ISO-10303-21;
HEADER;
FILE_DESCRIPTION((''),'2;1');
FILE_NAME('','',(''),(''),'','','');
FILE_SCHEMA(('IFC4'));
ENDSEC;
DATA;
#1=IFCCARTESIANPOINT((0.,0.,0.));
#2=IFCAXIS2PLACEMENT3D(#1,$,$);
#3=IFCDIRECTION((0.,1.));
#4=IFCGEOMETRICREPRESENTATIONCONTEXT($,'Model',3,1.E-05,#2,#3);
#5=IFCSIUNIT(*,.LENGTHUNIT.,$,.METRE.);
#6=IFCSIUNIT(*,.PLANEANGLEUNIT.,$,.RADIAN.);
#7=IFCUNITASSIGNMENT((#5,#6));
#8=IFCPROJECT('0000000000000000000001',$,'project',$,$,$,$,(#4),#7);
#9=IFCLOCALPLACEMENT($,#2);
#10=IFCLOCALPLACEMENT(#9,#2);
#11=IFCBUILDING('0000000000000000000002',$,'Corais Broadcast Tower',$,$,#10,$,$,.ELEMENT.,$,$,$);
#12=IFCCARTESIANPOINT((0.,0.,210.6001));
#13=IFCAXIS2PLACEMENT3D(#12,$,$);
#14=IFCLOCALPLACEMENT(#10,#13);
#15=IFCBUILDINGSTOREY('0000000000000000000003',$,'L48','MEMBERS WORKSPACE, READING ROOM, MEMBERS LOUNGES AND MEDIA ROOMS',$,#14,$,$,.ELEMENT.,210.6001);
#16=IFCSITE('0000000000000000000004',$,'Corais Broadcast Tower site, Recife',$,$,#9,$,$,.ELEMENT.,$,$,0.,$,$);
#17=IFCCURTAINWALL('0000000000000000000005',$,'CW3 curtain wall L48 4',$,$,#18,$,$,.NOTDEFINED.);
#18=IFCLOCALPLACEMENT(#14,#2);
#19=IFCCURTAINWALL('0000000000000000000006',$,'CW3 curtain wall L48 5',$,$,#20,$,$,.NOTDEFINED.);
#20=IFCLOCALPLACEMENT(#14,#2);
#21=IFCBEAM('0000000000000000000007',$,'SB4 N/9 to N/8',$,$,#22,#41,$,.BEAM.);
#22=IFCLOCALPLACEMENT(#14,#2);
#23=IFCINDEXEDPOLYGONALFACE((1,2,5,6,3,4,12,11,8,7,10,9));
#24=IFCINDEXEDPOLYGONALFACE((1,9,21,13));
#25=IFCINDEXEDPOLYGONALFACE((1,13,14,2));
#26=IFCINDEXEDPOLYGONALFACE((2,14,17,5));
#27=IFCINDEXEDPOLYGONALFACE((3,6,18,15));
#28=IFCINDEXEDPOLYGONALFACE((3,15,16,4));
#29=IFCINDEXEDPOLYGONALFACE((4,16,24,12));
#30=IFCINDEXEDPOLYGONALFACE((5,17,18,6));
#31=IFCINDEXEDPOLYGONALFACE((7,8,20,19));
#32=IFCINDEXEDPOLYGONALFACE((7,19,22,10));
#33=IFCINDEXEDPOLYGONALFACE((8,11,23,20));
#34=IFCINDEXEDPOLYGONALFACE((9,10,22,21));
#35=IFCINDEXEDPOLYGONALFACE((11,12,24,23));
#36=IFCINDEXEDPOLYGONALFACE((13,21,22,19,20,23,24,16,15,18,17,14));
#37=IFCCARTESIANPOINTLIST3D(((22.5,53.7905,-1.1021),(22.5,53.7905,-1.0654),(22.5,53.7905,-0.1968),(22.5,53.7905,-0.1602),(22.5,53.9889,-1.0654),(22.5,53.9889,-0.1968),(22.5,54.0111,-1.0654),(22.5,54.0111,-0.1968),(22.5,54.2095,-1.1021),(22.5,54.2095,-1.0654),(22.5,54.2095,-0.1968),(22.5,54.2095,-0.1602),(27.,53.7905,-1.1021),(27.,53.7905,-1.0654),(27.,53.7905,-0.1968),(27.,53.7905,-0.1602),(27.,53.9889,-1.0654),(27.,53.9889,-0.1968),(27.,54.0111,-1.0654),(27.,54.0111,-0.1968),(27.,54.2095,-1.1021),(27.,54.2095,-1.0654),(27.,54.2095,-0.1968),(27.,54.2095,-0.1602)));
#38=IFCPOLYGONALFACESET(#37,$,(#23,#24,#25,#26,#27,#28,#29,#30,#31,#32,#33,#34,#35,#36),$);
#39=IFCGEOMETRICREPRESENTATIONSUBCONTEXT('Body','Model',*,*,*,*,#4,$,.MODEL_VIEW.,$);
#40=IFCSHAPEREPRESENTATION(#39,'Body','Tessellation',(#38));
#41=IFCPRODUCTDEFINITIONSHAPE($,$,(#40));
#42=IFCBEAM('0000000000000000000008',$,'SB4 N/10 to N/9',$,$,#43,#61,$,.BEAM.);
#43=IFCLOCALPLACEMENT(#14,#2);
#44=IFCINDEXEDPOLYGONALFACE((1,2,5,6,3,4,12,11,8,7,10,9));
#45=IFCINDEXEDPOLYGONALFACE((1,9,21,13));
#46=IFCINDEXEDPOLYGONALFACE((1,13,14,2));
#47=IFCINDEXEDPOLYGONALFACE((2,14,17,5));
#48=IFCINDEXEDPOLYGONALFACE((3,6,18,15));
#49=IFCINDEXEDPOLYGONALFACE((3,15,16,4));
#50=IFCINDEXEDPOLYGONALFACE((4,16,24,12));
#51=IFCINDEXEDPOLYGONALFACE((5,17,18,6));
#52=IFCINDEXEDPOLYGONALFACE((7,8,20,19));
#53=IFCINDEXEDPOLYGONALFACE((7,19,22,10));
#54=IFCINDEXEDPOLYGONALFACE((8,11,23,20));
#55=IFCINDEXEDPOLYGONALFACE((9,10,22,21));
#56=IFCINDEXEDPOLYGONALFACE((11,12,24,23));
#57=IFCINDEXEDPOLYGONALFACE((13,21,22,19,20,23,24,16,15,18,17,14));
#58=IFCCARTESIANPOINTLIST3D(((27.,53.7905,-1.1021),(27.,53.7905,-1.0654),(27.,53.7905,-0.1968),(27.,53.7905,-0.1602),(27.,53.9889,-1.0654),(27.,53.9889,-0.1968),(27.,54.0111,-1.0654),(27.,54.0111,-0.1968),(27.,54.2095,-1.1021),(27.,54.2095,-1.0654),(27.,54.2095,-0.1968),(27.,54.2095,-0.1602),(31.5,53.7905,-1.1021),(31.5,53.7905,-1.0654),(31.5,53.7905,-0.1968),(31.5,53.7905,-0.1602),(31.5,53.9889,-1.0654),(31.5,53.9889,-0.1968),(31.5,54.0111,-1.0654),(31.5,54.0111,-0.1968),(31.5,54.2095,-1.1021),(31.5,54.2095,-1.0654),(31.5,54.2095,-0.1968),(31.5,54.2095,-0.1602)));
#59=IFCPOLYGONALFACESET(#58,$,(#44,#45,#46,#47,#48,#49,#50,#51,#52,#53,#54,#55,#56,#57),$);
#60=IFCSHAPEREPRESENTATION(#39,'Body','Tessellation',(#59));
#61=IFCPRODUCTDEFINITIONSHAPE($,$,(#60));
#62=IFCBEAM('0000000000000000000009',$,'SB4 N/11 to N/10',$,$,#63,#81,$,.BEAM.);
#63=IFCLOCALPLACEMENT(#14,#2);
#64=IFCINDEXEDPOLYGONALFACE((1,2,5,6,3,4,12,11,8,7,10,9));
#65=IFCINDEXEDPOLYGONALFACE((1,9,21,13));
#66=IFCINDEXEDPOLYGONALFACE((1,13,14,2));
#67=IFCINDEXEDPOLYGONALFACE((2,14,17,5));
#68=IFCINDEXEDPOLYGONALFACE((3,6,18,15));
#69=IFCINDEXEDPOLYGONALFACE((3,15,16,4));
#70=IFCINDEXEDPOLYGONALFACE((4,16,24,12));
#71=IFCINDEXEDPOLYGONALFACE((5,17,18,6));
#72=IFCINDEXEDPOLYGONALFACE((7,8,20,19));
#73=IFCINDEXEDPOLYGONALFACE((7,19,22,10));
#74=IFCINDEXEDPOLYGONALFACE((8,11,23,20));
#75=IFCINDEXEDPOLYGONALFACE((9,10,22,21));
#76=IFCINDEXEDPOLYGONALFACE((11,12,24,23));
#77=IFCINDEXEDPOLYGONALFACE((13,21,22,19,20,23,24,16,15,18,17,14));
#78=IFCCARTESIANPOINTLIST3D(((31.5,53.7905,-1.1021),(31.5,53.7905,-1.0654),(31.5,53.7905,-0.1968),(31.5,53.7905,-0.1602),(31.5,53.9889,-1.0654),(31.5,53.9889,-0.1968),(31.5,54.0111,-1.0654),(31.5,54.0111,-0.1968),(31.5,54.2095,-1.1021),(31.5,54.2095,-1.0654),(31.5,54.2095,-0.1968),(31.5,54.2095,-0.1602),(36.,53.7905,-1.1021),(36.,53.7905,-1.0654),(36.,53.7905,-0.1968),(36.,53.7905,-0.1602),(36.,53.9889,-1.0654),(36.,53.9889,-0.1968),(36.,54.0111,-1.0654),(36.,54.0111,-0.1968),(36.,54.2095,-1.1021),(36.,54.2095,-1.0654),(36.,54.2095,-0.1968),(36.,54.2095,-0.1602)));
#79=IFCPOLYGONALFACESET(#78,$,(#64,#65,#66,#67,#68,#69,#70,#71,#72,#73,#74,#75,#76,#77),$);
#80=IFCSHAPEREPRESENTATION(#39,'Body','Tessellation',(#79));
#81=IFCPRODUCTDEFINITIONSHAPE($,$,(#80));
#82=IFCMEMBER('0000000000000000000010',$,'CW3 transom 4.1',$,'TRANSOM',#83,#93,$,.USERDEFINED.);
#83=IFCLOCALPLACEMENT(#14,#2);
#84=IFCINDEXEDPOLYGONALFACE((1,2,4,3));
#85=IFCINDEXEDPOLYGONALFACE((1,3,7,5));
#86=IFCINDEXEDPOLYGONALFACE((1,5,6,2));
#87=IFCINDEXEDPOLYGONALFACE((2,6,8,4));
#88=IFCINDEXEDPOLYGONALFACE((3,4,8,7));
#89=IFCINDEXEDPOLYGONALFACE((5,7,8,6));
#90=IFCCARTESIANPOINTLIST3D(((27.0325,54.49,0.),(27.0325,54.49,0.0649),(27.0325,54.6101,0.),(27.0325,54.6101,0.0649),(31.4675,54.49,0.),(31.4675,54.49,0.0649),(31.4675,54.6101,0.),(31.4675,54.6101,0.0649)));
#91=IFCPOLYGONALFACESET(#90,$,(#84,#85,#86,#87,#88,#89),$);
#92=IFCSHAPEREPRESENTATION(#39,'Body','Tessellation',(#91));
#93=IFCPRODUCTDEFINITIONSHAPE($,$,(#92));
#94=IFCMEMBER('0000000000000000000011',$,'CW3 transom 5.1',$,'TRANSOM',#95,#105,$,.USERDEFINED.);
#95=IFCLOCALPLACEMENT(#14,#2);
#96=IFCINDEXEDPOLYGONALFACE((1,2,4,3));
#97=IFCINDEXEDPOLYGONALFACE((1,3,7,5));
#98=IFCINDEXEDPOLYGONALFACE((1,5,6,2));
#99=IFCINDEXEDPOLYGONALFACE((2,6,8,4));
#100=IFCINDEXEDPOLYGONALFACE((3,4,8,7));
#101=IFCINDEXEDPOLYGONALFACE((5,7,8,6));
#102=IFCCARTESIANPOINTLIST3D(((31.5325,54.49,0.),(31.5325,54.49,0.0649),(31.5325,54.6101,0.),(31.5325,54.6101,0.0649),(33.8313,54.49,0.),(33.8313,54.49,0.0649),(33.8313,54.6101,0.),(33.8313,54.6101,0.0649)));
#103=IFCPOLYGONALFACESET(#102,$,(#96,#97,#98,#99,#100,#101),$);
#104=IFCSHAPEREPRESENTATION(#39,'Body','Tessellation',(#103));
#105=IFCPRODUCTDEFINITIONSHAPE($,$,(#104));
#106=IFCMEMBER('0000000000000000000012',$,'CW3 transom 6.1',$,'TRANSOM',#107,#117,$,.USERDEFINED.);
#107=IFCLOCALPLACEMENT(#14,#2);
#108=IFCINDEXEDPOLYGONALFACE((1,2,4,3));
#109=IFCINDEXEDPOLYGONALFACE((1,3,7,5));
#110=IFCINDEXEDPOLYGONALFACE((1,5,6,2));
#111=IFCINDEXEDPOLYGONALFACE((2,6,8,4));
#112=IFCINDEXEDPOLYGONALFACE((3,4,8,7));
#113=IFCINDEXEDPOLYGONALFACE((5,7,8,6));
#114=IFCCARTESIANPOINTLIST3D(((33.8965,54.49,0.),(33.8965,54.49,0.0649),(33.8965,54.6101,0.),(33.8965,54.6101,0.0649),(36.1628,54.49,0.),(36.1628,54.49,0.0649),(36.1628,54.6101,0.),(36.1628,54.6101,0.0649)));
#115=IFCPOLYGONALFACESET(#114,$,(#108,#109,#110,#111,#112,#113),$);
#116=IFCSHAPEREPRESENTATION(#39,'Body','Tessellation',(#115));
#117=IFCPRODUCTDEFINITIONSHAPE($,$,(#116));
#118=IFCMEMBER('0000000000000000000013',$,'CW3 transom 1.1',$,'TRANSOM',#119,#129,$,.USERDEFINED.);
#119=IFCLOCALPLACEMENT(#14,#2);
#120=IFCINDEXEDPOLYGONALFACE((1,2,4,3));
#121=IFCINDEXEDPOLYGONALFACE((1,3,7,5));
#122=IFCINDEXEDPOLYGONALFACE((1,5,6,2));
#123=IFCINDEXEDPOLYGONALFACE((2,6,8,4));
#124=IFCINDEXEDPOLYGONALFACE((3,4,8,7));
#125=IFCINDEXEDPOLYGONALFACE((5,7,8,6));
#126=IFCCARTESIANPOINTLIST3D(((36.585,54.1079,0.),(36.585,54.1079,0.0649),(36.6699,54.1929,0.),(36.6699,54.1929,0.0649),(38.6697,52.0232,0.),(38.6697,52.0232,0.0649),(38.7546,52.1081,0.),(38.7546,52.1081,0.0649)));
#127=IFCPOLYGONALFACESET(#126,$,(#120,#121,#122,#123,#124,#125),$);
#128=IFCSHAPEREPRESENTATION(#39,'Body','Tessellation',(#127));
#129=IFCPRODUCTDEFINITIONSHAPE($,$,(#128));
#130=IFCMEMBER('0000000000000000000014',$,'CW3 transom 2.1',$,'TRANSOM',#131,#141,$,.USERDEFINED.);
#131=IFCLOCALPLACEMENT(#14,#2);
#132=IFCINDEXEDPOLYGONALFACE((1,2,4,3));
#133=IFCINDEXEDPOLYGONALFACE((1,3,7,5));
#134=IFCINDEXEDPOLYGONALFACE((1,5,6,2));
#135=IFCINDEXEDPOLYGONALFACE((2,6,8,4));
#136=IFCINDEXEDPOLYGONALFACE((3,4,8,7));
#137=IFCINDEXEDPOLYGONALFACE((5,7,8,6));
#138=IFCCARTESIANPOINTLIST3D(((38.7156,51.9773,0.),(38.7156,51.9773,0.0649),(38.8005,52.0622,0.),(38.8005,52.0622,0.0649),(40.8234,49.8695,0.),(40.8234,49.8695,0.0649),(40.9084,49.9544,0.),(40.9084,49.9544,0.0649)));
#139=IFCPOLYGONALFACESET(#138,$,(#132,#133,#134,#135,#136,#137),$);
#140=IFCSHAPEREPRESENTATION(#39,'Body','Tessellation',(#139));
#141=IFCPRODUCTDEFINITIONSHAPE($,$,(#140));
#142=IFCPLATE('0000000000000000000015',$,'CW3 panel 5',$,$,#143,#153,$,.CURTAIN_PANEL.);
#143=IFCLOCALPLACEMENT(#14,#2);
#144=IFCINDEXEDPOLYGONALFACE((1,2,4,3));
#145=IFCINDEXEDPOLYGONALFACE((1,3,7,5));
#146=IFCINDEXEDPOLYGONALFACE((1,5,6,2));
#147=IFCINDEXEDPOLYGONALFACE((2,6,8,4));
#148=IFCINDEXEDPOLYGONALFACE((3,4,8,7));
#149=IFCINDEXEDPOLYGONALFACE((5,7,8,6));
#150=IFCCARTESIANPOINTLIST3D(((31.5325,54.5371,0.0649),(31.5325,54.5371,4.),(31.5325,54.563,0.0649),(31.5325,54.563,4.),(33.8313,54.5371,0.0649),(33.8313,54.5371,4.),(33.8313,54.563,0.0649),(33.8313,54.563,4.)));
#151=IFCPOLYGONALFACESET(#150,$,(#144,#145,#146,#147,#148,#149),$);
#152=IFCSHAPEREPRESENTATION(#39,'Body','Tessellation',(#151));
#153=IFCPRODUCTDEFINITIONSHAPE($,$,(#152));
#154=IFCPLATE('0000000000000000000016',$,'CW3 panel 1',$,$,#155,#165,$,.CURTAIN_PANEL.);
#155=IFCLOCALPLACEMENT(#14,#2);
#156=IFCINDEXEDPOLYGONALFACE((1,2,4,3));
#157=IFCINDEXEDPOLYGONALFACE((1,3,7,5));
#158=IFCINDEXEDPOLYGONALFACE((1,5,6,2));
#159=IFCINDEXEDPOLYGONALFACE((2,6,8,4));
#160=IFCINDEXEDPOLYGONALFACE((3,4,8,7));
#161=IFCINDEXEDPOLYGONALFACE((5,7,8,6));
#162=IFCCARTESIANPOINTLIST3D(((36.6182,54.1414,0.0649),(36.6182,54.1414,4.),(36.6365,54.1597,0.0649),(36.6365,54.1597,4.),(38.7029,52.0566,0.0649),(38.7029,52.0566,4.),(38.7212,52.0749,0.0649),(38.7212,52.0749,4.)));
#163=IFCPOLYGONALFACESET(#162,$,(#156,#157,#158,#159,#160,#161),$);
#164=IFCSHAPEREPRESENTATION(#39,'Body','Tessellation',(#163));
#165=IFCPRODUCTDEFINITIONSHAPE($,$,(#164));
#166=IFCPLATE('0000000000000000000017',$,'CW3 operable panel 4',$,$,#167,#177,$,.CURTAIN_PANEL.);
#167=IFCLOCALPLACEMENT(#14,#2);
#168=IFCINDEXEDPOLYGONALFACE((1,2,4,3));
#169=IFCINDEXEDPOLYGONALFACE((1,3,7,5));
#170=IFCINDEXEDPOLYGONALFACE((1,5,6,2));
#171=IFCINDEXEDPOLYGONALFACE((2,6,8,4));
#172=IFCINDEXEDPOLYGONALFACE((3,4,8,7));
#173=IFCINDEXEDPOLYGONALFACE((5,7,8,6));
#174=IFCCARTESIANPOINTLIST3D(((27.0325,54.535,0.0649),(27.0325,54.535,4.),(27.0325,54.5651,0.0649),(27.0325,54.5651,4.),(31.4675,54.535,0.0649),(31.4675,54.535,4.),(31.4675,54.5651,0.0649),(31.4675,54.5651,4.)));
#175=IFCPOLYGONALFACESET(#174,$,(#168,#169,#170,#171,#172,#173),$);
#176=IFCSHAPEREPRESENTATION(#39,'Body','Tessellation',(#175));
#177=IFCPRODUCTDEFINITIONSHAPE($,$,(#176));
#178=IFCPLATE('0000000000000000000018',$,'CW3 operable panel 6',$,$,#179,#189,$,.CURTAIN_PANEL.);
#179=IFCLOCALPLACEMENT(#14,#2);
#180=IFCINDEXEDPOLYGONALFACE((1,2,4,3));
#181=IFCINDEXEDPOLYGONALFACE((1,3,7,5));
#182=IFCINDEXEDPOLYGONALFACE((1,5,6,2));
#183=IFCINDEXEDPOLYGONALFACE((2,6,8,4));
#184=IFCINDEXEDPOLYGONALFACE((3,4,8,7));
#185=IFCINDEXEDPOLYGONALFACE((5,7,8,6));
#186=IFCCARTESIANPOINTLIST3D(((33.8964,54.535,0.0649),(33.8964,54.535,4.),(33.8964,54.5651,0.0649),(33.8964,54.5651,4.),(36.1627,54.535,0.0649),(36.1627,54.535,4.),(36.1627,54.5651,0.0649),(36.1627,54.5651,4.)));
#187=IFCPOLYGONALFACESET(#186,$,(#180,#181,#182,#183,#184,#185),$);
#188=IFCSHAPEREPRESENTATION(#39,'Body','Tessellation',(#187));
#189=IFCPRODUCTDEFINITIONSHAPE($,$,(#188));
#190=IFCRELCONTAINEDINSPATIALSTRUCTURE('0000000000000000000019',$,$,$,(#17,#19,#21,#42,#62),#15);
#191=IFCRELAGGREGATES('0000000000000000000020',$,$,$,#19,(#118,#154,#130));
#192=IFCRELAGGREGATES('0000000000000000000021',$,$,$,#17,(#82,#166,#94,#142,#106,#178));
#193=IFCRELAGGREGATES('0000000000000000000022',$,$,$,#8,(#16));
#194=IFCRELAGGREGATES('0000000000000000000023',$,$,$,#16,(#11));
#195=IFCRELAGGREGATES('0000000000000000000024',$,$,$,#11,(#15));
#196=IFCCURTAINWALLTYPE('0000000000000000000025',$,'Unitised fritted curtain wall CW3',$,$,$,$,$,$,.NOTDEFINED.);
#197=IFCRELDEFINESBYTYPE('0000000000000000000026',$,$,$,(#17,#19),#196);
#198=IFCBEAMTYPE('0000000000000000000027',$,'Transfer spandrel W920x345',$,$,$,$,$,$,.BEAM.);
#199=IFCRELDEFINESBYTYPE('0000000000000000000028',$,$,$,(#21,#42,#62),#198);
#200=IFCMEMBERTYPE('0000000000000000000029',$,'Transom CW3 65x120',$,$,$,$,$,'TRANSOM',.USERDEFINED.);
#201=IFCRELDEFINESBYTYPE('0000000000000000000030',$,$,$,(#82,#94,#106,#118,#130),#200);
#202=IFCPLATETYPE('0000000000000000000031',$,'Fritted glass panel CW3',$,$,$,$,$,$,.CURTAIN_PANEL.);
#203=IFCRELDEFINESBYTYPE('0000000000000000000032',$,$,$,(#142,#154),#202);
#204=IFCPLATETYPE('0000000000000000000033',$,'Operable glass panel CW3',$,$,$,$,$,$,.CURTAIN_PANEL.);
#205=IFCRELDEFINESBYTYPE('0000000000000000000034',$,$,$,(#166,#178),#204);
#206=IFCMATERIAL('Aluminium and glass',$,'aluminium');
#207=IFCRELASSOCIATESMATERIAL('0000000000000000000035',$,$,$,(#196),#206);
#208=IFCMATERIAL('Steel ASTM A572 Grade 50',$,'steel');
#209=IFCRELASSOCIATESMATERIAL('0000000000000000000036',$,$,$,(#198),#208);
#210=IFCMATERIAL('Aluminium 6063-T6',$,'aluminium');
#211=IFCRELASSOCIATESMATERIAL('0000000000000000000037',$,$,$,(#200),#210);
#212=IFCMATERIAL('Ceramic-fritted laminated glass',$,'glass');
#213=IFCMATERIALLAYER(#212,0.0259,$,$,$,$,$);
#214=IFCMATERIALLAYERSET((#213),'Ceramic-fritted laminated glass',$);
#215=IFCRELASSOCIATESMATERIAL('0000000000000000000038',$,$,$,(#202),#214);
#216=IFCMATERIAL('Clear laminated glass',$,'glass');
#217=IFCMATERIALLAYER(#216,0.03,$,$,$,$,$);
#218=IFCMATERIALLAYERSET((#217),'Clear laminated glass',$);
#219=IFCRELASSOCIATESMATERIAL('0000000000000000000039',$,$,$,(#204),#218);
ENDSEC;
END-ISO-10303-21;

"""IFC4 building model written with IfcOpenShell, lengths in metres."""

from ifc_helpers import new_model, si_unit, direction, frame, origin, origin_2d, place, context, subcontext, project, spatial, rectangle, i_section, extrude, material, layer, layer_set, material_profile, profile_set, type_object, element, aggregate, save


model = new_model("IFC4")

# Units and contexts
model_context = context("Model", 3, precision=1e-05, world=origin(), true_north=direction((0.0, 1.0)))
body_context = subcontext(model_context, "Body", "Model", "MODEL_VIEW")
ifc_project = project(units=[si_unit("LENGTHUNIT", "METRE"), si_unit("PLANEANGLEUNIT", "RADIAN")], contexts=[model_context])

# Site, building, storey
site_placement = place(None, origin())
site = spatial("IfcSite", under=ifc_project, at=site_placement, Name="Corais Broadcast Tower site, Recife", CompositionType="ELEMENT", RefElevation=0.0)
building_placement = place(site_placement, origin())
building = spatial("IfcBuilding", under=site, at=building_placement, Name="Corais Broadcast Tower", CompositionType="ELEMENT")
storey_placement = place(building_placement, frame((0.0, 0.0, 210.6001)))
storey = spatial("IfcBuildingStorey", under=building, at=storey_placement, Name="L48", Description="MEMBERS WORKSPACE, READING ROOM, MEMBERS LOUNGES AND MEDIA ROOMS", CompositionType="ELEMENT", Elevation=210.6001)

# Curtain walls
ifc_material_1 = material(Name="Aluminium and glass", Category="aluminium")
curtain_wall_type = type_object("IfcCurtainWallType", Name="Unitised fritted curtain wall CW3", PredefinedType="NOTDEFINED", material=ifc_material_1)
curtain_wall_1_placement = place(storey_placement, origin())
curtain_wall_1 = element("IfcCurtainWall", 1, at=curtain_wall_1_placement, inside=storey, type_object=curtain_wall_type, Name="CW3 curtain wall L48 4", PredefinedType="NOTDEFINED")
curtain_wall_2_placement = place(storey_placement, origin())
curtain_wall_2 = element("IfcCurtainWall", 2, at=curtain_wall_2_placement, inside=storey, type_object=curtain_wall_type, Name="CW3 curtain wall L48 5", PredefinedType="NOTDEFINED")

# Beams
ifc_material_2 = material(Name="Steel ASTM A572 Grade 50", Category="steel")
ifc_material_profile_1 = material_profile(ifc_material_2, i_section(OverallWidth=0.4189, OverallDepth=0.9419, WebThickness=0.0222, FlangeThickness=0.0366, at=origin_2d()), Name="W920x345")
ifc_profile_set_1 = profile_set([ifc_material_profile_1], Name="Steel ASTM A572 Grade 50")
beam_type_1 = type_object("IfcBeamType", Name="Transfer spandrel W920x345", PredefinedType="BEAM", material=ifc_profile_set_1)
for number, where, z_axis, x_axis, name in (
    (3, (27.0, 54.0, -0.6311), (-1.0, 0.0, 0.0), (0.0, -1.0, 0.0), "SB4 N/9 to N/8"),
    (4, (31.5, 54.0, -0.6311), (-1.0, 0.0, 0.0), (0.0, -1.0, 0.0), "SB4 N/10 to N/9"),
    (5, (36.0, 54.0, -0.6311), (-1.0, 0.0, 0.0), (0.0, -1.0, 0.0), "SB4 N/11 to N/10"),
):
    element("IfcBeam", number, at=place(storey_placement, frame(where, z_axis=z_axis, x_axis=x_axis)), inside=storey, type_object=beam_type_1, Name=name, PredefinedType="BEAM", context=body_context, shape_type="SweptSolid", body=[
        extrude(i_section(OverallWidth=0.4189, OverallDepth=0.9419, WebThickness=0.0222, FlangeThickness=0.0366, at=origin_2d()), origin(), (0.0, 0.0, 1.0), 4.5),
    ])

# Members
ifc_material_3 = material(Name="Aluminium 6063-T6", Category="aluminium")
ifc_material_profile_2 = material_profile(ifc_material_3, rectangle(XDim=0.1201, YDim=0.0649, at=origin_2d()), Name="Transom CW3 65x120")
ifc_profile_set_2 = profile_set([ifc_material_profile_2], Name="Aluminium 6063-T6")
member_type_1 = type_object("IfcMemberType", Name="Transom CW3 65x120", ElementType="TRANSOM", PredefinedType="USERDEFINED", material=ifc_profile_set_2)
member_1_placement = place(storey_placement, frame((27.0325, 54.55, 0.0325), z_axis=(1.0, 0.0, 0.0), x_axis=(0.0, 1.0, 0.0)))
member_1 = element("IfcMember", 6, at=member_1_placement, type_object=member_type_1, Name="CW3 transom 4.1", ObjectType="TRANSOM", PredefinedType="USERDEFINED", context=body_context, shape_type="SweptSolid", body=[
    extrude(rectangle(XDim=0.1201, YDim=0.0649, at=origin_2d()), origin(), (0.0, 0.0, 1.0), 4.4351),
])
member_2_placement = place(storey_placement, frame((31.5325, 54.55, 0.0325), z_axis=(1.0, 0.0, 0.0), x_axis=(0.0, 1.0, 0.0)))
member_2 = element("IfcMember", 7, at=member_2_placement, type_object=member_type_1, Name="CW3 transom 5.1", ObjectType="TRANSOM", PredefinedType="USERDEFINED", context=body_context, shape_type="SweptSolid", body=[
    extrude(rectangle(XDim=0.1201, YDim=0.0649, at=origin_2d()), origin(), (0.0, 0.0, 1.0), 2.2988),
])
member_3_placement = place(storey_placement, frame((33.8965, 54.55, 0.0325), z_axis=(1.0, 0.0, 0.0), x_axis=(0.0, 1.0, 0.0)))
member_3 = element("IfcMember", 8, at=member_3_placement, type_object=member_type_1, Name="CW3 transom 6.1", ObjectType="TRANSOM", PredefinedType="USERDEFINED", context=body_context, shape_type="SweptSolid", body=[
    extrude(rectangle(XDim=0.1201, YDim=0.0649, at=origin_2d()), origin(), (0.0, 0.0, 1.0), 2.2664),
])
member_4_placement = place(storey_placement, frame((36.6274, 54.1504, 0.0325), z_axis=(0.707107, -0.707107, 0.0), x_axis=(0.707107, 0.707107, 0.0)))
member_4 = element("IfcMember", 9, at=member_4_placement, type_object=member_type_1, Name="CW3 transom 1.1", ObjectType="TRANSOM", PredefinedType="USERDEFINED", context=body_context, shape_type="SweptSolid", body=[
    extrude(rectangle(XDim=0.1201, YDim=0.0649, at=origin_2d()), origin(), (0.0, 0.0, 1.0), 2.9482),
])
member_5_placement = place(storey_placement, frame((38.7581, 52.0198, 0.0325), z_axis=(0.707107, -0.707107, 0.0), x_axis=(0.707107, 0.707107, 0.0)))
member_5 = element("IfcMember", 10, at=member_5_placement, type_object=member_type_1, Name="CW3 transom 2.1", ObjectType="TRANSOM", PredefinedType="USERDEFINED", context=body_context, shape_type="SweptSolid", body=[
    extrude(rectangle(XDim=0.1201, YDim=0.0649, at=origin_2d()), origin(), (0.0, 0.0, 1.0), 2.981),
])

# Plates
ifc_material_4 = material(Name="Ceramic-fritted laminated glass", Category="glass")
ifc_layer_1 = layer(ifc_material_4, 0.0259)
ifc_layer_set_1 = layer_set([ifc_layer_1], Name="Ceramic-fritted laminated glass")
plate_type_1 = type_object("IfcPlateType", Name="Fritted glass panel CW3", PredefinedType="CURTAIN_PANEL", material=ifc_layer_set_1)
plate_1_placement = place(storey_placement, frame((32.6819, 54.55, 0.0649), z_axis=(0.0, 0.0, 1.0), x_axis=(1.0, 0.0, 0.0)))
plate_1 = element("IfcPlate", 11, at=plate_1_placement, type_object=plate_type_1, Name="CW3 panel 5", PredefinedType="CURTAIN_PANEL", context=body_context, shape_type="SweptSolid", body=[
    extrude(rectangle(XDim=2.2988, YDim=0.0259, at=origin_2d()), origin(), (0.0, 0.0, 1.0), 3.9351),
])
plate_2_placement = place(storey_placement, frame((37.6697, 53.1082, 0.0649), z_axis=(0.0, 0.0, 1.0), x_axis=(0.707107, -0.707107, 0.0)))
plate_2 = element("IfcPlate", 12, at=plate_2_placement, type_object=plate_type_1, Name="CW3 panel 1", PredefinedType="CURTAIN_PANEL", context=body_context, shape_type="SweptSolid", body=[
    extrude(rectangle(XDim=2.9482, YDim=0.0259, at=origin_2d()), origin(), (0.0, 0.0, 1.0), 3.9351),
])
aggregate(curtain_wall_2, [member_4, plate_2, member_5])
ifc_material_5 = material(Name="Clear laminated glass", Category="glass")
ifc_layer_2 = layer(ifc_material_5, 0.03)
ifc_layer_set_2 = layer_set([ifc_layer_2], Name="Clear laminated glass")
plate_type_2 = type_object("IfcPlateType", Name="Operable glass panel CW3", PredefinedType="CURTAIN_PANEL", material=ifc_layer_set_2)
plate_3_placement = place(storey_placement, frame((29.25, 54.55, 0.0649), z_axis=(0.0, 0.0, 1.0), x_axis=(1.0, 0.0, 0.0)))
plate_3 = element("IfcPlate", 13, at=plate_3_placement, type_object=plate_type_2, Name="CW3 operable panel 4", PredefinedType="CURTAIN_PANEL", context=body_context, shape_type="SweptSolid", body=[
    extrude(rectangle(XDim=4.4351, YDim=0.03, at=origin_2d()), origin(), (0.0, 0.0, 1.0), 3.9351),
])
plate_4_placement = place(storey_placement, frame((35.0295, 54.55, 0.0649), z_axis=(0.0, 0.0, 1.0), x_axis=(1.0, 0.0, 0.0)))
plate_4 = element("IfcPlate", 14, at=plate_4_placement, type_object=plate_type_2, Name="CW3 operable panel 6", PredefinedType="CURTAIN_PANEL", context=body_context, shape_type="SweptSolid", body=[
    extrude(rectangle(XDim=2.2664, YDim=0.03, at=origin_2d()), origin(), (0.0, 0.0, 1.0), 3.9351),
])
aggregate(curtain_wall_1, [member_1, plate_3, member_2, plate_1, member_3, plate_4])

save(model, "model.ifc")
